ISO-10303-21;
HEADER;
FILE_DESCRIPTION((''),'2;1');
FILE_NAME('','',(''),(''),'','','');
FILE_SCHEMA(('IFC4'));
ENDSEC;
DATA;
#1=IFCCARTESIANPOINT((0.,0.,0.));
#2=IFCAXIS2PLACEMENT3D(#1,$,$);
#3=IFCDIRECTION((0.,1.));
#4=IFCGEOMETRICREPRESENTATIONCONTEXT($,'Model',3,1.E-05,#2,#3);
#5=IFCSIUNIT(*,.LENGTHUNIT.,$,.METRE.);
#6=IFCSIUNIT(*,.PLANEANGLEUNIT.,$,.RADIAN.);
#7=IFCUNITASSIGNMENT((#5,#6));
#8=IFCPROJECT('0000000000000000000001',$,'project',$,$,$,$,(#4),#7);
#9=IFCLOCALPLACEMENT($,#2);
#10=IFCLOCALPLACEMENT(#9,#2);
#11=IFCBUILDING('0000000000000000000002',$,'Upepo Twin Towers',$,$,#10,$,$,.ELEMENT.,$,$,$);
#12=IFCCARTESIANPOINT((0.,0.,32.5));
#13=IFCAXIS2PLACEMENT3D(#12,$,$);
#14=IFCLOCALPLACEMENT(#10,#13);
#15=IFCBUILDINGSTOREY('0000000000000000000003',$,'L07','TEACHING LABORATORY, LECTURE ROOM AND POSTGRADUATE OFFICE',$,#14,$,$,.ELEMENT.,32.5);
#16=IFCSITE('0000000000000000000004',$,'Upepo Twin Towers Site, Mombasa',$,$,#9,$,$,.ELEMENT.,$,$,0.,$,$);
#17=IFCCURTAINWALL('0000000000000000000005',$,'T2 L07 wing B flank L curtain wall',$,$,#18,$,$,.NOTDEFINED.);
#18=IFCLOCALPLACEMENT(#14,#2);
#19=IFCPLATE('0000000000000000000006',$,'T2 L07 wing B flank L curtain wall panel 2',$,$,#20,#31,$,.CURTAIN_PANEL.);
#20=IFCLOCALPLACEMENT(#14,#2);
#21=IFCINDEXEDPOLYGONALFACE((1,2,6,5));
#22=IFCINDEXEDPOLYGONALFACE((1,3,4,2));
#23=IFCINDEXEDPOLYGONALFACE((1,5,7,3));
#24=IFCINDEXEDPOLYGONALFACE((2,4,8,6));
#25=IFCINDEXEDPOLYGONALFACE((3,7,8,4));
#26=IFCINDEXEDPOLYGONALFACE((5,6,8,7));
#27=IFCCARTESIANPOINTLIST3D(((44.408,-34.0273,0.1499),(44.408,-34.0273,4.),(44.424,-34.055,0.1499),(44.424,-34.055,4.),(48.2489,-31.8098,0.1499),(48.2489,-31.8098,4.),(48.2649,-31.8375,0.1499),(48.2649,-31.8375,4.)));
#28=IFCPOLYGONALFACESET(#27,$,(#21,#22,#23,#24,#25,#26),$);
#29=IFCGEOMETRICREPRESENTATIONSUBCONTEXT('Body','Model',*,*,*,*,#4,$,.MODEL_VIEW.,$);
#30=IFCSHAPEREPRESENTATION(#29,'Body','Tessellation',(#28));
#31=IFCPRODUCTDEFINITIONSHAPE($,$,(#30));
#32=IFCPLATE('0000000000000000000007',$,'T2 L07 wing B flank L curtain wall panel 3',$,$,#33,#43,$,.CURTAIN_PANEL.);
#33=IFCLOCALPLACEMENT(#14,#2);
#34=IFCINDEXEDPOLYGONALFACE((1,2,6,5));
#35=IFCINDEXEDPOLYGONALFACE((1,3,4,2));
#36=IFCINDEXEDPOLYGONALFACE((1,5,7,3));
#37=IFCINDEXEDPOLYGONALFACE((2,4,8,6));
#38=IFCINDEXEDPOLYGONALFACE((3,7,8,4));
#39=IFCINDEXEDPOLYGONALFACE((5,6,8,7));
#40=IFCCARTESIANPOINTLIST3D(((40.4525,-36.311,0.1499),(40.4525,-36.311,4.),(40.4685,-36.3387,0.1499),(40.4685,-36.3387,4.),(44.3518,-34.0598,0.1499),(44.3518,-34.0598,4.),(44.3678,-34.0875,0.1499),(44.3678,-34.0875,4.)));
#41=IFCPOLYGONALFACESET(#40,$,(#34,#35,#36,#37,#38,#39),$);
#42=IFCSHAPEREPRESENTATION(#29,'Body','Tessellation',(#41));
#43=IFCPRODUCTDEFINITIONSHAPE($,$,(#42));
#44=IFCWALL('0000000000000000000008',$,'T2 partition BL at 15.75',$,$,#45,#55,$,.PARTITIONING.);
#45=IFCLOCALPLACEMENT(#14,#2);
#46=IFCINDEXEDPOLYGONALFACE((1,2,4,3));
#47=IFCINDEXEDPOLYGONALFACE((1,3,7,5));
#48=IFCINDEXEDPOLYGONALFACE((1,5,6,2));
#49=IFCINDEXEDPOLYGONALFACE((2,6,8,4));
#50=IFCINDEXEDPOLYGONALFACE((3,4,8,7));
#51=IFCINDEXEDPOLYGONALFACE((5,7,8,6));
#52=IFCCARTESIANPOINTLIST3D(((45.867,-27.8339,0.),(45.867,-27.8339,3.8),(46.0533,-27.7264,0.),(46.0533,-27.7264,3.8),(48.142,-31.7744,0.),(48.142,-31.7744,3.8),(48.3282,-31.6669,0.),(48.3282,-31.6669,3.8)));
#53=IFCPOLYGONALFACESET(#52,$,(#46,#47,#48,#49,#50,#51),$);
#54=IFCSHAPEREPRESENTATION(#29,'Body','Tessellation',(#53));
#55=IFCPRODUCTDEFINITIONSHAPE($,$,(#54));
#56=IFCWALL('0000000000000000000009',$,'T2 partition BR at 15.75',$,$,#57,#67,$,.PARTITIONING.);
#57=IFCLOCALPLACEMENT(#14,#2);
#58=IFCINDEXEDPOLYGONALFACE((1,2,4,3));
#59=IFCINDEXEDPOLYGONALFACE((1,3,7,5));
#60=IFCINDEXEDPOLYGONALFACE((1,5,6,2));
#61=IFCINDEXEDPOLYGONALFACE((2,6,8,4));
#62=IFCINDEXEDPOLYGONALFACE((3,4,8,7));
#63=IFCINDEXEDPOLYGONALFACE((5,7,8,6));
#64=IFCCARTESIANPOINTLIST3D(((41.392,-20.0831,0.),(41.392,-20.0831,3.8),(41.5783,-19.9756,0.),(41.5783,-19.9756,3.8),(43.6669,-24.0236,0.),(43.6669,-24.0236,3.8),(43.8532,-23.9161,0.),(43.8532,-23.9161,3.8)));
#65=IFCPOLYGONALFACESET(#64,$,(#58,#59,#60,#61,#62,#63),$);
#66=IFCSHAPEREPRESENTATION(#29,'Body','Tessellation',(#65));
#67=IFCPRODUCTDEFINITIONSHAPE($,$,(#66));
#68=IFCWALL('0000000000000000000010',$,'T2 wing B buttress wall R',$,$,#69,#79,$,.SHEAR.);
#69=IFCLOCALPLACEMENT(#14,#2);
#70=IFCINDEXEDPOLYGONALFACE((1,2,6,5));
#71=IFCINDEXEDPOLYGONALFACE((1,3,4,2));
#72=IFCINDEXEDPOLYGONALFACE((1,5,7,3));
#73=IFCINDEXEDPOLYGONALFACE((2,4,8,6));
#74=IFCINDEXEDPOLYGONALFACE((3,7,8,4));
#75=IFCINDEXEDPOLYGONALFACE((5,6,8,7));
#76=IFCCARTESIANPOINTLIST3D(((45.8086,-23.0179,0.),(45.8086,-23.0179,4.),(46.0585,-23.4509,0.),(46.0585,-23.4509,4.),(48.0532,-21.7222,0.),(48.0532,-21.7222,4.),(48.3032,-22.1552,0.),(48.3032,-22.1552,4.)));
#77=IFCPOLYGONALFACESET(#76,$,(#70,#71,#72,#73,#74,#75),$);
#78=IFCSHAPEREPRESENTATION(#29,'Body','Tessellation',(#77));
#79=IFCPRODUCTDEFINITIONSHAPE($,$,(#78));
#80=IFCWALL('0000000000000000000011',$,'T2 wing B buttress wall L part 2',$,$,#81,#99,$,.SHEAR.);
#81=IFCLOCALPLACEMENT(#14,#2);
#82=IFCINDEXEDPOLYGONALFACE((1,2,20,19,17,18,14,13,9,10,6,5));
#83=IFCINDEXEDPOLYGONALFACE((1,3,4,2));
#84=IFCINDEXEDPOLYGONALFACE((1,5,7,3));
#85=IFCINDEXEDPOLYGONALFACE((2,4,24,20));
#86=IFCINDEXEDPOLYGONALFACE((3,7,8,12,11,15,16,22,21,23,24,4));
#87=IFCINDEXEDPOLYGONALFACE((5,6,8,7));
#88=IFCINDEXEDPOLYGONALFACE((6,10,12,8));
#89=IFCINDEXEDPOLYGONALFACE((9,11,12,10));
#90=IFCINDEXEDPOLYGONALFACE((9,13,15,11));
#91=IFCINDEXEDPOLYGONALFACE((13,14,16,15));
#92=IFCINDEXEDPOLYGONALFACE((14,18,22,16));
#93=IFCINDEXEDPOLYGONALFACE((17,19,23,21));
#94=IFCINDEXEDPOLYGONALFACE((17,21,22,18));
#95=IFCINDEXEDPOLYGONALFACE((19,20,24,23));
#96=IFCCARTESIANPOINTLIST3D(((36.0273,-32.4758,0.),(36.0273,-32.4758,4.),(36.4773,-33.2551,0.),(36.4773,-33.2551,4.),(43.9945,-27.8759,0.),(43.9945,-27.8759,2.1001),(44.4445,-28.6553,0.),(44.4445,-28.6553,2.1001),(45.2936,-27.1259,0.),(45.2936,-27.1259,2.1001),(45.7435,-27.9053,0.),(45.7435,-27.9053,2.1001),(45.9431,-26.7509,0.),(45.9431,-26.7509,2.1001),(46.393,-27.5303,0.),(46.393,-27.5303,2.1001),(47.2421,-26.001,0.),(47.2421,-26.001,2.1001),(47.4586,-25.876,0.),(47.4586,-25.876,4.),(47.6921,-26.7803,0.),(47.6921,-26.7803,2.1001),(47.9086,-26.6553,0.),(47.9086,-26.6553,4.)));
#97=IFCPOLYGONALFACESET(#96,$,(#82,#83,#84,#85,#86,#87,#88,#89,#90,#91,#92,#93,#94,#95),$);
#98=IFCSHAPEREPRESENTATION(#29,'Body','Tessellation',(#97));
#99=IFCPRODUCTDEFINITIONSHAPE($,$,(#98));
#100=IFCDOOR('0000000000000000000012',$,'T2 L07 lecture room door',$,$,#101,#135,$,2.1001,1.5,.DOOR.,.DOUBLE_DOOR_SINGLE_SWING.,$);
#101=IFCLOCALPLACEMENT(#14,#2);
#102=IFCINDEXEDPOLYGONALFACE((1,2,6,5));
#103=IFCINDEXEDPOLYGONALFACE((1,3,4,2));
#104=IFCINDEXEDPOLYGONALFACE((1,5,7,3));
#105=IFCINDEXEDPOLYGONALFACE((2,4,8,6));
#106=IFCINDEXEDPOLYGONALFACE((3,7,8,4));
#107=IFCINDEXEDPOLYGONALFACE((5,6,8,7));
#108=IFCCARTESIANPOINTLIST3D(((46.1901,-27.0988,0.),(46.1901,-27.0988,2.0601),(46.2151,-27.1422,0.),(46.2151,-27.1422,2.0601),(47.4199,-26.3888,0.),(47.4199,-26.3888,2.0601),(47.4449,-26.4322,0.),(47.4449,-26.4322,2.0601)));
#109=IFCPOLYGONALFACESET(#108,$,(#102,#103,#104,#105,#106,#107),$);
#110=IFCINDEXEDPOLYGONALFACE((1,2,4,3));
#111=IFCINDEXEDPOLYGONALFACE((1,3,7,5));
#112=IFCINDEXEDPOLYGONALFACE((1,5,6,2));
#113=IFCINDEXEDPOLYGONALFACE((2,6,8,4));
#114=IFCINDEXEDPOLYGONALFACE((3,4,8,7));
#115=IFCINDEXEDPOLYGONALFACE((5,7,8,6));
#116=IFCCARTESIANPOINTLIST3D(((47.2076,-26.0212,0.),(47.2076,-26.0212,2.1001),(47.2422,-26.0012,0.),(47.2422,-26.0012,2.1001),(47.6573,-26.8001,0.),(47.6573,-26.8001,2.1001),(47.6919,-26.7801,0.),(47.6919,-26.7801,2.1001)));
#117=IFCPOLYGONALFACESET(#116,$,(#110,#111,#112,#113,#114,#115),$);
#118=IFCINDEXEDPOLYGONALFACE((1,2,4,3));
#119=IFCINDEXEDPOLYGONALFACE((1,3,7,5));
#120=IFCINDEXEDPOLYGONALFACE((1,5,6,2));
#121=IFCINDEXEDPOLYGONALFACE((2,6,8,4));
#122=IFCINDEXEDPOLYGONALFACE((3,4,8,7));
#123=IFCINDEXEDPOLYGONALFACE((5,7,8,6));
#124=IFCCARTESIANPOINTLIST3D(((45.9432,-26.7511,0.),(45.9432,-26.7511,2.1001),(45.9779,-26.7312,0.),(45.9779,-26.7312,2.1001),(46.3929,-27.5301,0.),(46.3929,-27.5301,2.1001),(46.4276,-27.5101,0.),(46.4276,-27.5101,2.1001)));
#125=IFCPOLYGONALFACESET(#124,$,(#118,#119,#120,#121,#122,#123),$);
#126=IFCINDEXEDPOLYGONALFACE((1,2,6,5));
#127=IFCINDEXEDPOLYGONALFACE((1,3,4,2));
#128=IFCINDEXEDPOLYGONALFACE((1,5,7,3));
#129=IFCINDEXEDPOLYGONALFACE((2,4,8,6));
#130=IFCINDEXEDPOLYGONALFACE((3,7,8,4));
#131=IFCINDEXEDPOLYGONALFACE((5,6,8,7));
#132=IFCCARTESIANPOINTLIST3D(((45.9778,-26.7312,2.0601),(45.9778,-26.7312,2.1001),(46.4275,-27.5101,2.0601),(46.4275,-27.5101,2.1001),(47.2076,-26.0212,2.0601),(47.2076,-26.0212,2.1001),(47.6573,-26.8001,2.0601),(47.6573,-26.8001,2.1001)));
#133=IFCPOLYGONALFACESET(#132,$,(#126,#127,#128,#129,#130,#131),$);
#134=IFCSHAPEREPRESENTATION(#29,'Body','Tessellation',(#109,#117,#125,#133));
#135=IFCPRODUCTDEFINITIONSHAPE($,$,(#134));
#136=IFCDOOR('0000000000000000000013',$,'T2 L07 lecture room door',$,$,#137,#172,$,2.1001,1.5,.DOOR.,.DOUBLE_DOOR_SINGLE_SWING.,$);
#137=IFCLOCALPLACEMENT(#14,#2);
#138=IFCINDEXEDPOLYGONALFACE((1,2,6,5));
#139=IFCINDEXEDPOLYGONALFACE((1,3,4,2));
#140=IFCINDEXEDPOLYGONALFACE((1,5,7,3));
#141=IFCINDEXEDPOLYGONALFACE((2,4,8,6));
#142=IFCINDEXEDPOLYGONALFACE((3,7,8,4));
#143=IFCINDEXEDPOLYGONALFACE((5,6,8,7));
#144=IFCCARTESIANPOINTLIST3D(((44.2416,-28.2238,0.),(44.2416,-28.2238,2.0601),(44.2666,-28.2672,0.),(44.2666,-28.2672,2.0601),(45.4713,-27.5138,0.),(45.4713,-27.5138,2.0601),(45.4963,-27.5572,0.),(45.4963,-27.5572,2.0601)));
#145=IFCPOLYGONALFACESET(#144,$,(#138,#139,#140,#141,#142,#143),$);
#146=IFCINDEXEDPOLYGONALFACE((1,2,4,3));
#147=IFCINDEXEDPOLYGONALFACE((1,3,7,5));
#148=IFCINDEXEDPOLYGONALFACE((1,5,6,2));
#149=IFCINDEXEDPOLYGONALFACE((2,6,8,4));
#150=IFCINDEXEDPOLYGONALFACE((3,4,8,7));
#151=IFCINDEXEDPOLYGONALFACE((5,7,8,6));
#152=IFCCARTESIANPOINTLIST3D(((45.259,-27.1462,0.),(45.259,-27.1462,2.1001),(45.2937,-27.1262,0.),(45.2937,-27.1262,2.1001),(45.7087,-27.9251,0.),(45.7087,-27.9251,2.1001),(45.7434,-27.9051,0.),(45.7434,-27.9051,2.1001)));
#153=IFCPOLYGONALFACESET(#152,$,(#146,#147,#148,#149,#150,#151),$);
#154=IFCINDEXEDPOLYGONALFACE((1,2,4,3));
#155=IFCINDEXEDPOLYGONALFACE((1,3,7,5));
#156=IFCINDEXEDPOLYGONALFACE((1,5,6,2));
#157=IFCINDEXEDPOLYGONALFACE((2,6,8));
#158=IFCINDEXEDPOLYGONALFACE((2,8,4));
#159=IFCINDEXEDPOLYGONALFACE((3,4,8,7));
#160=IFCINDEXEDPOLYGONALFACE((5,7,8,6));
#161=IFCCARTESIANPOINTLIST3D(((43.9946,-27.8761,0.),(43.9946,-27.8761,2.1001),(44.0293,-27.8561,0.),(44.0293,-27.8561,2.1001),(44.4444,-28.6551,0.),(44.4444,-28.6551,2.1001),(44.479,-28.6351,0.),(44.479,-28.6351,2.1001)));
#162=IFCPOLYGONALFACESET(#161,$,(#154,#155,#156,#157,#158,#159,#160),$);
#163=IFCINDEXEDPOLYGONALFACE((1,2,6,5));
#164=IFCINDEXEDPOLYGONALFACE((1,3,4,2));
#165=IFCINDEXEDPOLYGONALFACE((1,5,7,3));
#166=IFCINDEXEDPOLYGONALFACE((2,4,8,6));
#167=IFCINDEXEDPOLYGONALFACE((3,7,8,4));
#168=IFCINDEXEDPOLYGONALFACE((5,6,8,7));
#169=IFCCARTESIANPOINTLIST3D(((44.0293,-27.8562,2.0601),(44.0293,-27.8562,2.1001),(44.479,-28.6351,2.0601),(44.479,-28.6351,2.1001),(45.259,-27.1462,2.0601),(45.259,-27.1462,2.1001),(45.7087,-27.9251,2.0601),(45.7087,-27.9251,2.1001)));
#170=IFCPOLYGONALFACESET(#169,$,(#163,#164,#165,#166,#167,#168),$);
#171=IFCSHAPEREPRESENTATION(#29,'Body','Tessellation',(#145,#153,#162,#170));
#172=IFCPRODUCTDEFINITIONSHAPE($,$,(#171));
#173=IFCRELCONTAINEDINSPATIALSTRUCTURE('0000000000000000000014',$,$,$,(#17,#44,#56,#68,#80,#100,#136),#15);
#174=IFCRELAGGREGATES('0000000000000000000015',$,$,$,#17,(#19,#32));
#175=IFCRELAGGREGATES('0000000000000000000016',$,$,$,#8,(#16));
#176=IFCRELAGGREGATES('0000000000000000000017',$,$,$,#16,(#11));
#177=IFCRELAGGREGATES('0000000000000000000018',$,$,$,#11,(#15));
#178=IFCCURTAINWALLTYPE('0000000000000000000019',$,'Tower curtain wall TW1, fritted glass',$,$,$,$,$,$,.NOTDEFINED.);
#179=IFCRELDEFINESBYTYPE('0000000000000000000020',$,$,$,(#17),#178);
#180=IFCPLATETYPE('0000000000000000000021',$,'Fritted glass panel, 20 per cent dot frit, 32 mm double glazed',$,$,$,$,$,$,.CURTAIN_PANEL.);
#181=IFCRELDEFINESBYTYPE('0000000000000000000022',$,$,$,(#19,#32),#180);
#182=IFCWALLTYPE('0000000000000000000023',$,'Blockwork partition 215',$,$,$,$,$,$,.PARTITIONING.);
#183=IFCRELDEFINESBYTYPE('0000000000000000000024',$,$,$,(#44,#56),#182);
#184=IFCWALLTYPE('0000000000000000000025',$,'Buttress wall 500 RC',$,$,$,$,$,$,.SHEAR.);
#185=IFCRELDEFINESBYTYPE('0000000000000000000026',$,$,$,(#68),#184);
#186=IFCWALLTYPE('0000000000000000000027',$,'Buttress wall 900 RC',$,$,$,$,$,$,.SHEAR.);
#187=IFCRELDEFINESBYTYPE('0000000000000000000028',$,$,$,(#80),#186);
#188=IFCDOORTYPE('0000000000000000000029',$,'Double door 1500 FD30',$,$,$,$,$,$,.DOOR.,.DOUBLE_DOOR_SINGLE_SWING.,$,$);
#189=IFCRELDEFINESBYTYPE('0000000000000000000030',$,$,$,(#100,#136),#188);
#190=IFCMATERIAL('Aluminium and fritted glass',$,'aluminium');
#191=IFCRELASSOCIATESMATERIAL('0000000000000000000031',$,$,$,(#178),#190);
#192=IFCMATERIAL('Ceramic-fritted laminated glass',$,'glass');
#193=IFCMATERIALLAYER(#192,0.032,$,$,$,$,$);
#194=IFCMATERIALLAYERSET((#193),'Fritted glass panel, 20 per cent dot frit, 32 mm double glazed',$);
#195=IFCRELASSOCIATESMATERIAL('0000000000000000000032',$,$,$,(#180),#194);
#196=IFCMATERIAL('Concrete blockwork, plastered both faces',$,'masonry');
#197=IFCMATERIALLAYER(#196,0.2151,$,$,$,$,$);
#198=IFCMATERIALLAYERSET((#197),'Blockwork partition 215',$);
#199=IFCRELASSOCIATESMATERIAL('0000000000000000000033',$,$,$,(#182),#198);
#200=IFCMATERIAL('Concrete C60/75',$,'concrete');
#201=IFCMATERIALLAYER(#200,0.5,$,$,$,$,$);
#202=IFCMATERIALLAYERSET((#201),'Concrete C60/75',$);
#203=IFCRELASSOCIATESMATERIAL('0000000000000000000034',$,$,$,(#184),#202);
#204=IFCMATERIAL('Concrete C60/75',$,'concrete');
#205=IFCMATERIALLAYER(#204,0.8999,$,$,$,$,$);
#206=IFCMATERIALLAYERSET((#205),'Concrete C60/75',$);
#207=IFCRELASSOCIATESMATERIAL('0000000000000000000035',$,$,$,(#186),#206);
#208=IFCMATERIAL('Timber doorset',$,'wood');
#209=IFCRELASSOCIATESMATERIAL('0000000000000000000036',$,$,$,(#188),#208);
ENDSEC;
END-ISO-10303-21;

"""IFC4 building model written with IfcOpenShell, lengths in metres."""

from ifc_helpers import new_model, si_unit, direction, frame, frame_2d, origin, origin_2d, place, context, subcontext, project, spatial, rectangle, extrude, material, layer, layer_set, type_object, element, fill, aggregate, save


model = new_model("IFC4")

# Units and contexts
model_context = context("Model", 3, precision=1e-05, world=origin(), true_north=direction((0.0, 1.0)))
body_context = subcontext(model_context, "Body", "Model", "MODEL_VIEW")
ifc_project = project(units=[si_unit("LENGTHUNIT", "METRE"), si_unit("PLANEANGLEUNIT", "RADIAN")], contexts=[model_context])

# Site, building, storey
site_placement = place(None, origin())
site = spatial("IfcSite", under=ifc_project, at=site_placement, Name="Upepo Twin Towers Site, Mombasa", CompositionType="ELEMENT", RefElevation=0.0)
building_placement = place(site_placement, origin())
building = spatial("IfcBuilding", under=site, at=building_placement, Name="Upepo Twin Towers", CompositionType="ELEMENT")
storey_placement = place(building_placement, frame((0.0, 0.0, 32.5)))
storey = spatial("IfcBuildingStorey", under=building, at=storey_placement, Name="L07", Description="TEACHING LABORATORY, LECTURE ROOM AND POSTGRADUATE OFFICE", CompositionType="ELEMENT", Elevation=32.5)

# Curtain wall, plates
ifc_material_1 = material(Name="Aluminium and fritted glass", Category="aluminium")
curtain_wall_type = type_object("IfcCurtainWallType", Name="Tower curtain wall TW1, fritted glass", PredefinedType="NOTDEFINED", material=ifc_material_1)
curtain_wall_placement = place(storey_placement, origin())
curtain_wall = element("IfcCurtainWall", 1, at=curtain_wall_placement, inside=storey, type_object=curtain_wall_type, Name="T2 L07 wing B flank L curtain wall", PredefinedType="NOTDEFINED")
ifc_material_2 = material(Name="Ceramic-fritted laminated glass", Category="glass")
ifc_layer_1 = layer(ifc_material_2, 0.032)
ifc_layer_set_1 = layer_set([ifc_layer_1], Name="Fritted glass panel, 20 per cent dot frit, 32 mm double glazed")
plate_type = type_object("IfcPlateType", Name="Fritted glass panel, 20 per cent dot frit, 32 mm double glazed", PredefinedType="CURTAIN_PANEL", material=ifc_layer_set_1)
plate_1_placement = place(storey_placement, frame((46.3364, -32.9324, 0.1499), z_axis=(0.0, 0.0, 1.0), x_axis=(-0.866025, -0.5, 0.0)))
plate_1 = element("IfcPlate", 2, at=plate_1_placement, type_object=plate_type, Name="T2 L07 wing B flank L curtain wall panel 2", PredefinedType="CURTAIN_PANEL", context=body_context, shape_type="SweptSolid", body=[
    extrude(rectangle(XDim=4.4351, YDim=0.032, at=origin_2d()), origin(), (0.0, 0.0, 1.0), 3.8501),
])
plate_2_placement = place(storey_placement, frame((42.4102, -35.1992, 0.1499), z_axis=(0.0, 0.0, 1.0), x_axis=(-0.866025, -0.5, 0.0)))
plate_2 = element("IfcPlate", 3, at=plate_2_placement, type_object=plate_type, Name="T2 L07 wing B flank L curtain wall panel 3", PredefinedType="CURTAIN_PANEL", context=body_context, shape_type="SweptSolid", body=[
    extrude(rectangle(XDim=4.5024, YDim=0.032, at=origin_2d()), origin(), (0.0, 0.0, 1.0), 3.8501),
])
aggregate(curtain_wall, [plate_1, plate_2])

# Walls
ifc_material_3 = material(Name="Concrete blockwork, plastered both faces", Category="masonry")
ifc_layer_2 = layer(ifc_material_3, 0.2151)
ifc_layer_set_2 = layer_set([ifc_layer_2], Name="Blockwork partition 215")
wall_type_1 = type_object("IfcWallType", Name="Blockwork partition 215", PredefinedType="PARTITIONING", material=ifc_layer_set_2)
for number, where, z_axis, x_axis, name in (
    (4, (45.9602, -27.7803, 0.0), (0.0, 0.0, 1.0), (0.499983, -0.866035, 0.0), "T2 partition BL at 15.75"),
    (5, (43.76, -23.9697, 0.0), (0.0, 0.0, 1.0), (-0.499983, 0.866035, 0.0), "T2 partition BR at 15.75"),
):
    element("IfcWall", number, at=place(storey_placement, frame(where, z_axis=z_axis, x_axis=x_axis)), inside=storey, type_object=wall_type_1, Name=name, PredefinedType="PARTITIONING", context=body_context, shape_type="SweptSolid", body=[
        extrude(rectangle(XDim=4.55, YDim=0.2151, at=frame_2d((2.2749, 0.0))), origin(), (0.0, 0.0, 1.0), 3.8),
    ])
ifc_material_4 = material(Name="Concrete C60/75", Category="concrete")
ifc_layer_3 = layer(ifc_material_4, 0.5)
ifc_layer_set_3 = layer_set([ifc_layer_3], Name="Concrete C60/75")
wall_type_2 = type_object("IfcWallType", Name="Buttress wall 500 RC", PredefinedType="SHEAR", material=ifc_layer_set_3)
wall_1_placement = place(storey_placement, frame((48.1782, -21.9387, 0.0), z_axis=(0.0, 0.0, 1.0), x_axis=(-0.866073, -0.499918, 0.0)))
element("IfcWall", 6, at=wall_1_placement, inside=storey, type_object=wall_type_2, Name="T2 wing B buttress wall R", PredefinedType="SHEAR", context=body_context, shape_type="SweptSolid", body=[
    extrude(rectangle(XDim=2.5918, YDim=0.5, at=frame_2d((1.2959, 0.0))), origin(), (0.0, 0.0, 1.0), 4.0),
])

# Wall, openings, doors
ifc_material_5 = material(Name="Concrete C60/75", Category="concrete")
ifc_layer_4 = layer(ifc_material_5, 0.8999)
ifc_layer_set_4 = layer_set([ifc_layer_4], Name="Concrete C60/75")
wall_type_3 = type_object("IfcWallType", Name="Buttress wall 900 RC", PredefinedType="SHEAR", material=ifc_layer_set_4)
wall_2_placement = place(storey_placement, frame((47.6836, -26.2656, 0.0), z_axis=(0.0, 0.0, 1.0), x_axis=(-0.866028, -0.499996, 0.0)))
wall_2 = element("IfcWall", 7, at=wall_2_placement, inside=storey, type_object=wall_type_3, Name="T2 wing B buttress wall L part 2", PredefinedType="SHEAR", context=body_context, shape_type="SweptSolid", body=[
    extrude(rectangle(XDim=13.1997, YDim=0.8999, at=frame_2d((6.5999, 0.0))), origin(), (0.0, 0.0, 1.0), 4.0),
])
opening_1_placement = place(wall_2_placement, frame((0.25, 0.0, 0.0)))
opening_1 = element("IfcOpeningElement", 8, at=opening_1_placement, cuts=wall_2, PredefinedType="OPENING", context=body_context, shape_type="SweptSolid", body=[
    extrude(rectangle(XDim=1.5, YDim=2.1001, at=frame_2d((0.75, 1.05))), frame((0.0, 0.46, 0.0), z_axis=(0.0, -1.0, 0.0), x_axis=(1.0, 0.0, 0.0)), (0.0, 0.0, 1.0), 0.9199),
])
opening_2_placement = place(wall_2_placement, frame((2.5, 0.0, 0.0)))
opening_2 = element("IfcOpeningElement", 9, at=opening_2_placement, cuts=wall_2, PredefinedType="OPENING", context=body_context, shape_type="SweptSolid", body=[
    extrude(rectangle(XDim=1.5, YDim=2.1001, at=frame_2d((0.75, 1.05))), frame((0.0, 0.46, 0.0), z_axis=(0.0, -1.0, 0.0), x_axis=(1.0, 0.0, 0.0)), (0.0, 0.0, 1.0), 0.9199),
])
ifc_material_6 = material(Name="Timber doorset", Category="wood")
door_type_1 = type_object("IfcDoorType", Name="Double door 1500 FD30", OperationType="DOUBLE_DOOR_SINGLE_SWING", PredefinedType="DOOR", material=ifc_material_6)
door_1_placement = place(opening_1_placement, origin())
door_1 = element("IfcDoor", 10, at=door_1_placement, inside=storey, type_object=door_type_1, Name="T2 L07 lecture room door", OperationType="DOUBLE_DOOR_SINGLE_SWING", OverallHeight=2.1001, OverallWidth=1.5, PredefinedType="DOOR", context=body_context, shape_type="SweptSolid", body=[
    extrude(rectangle(XDim=1.42, YDim=2.0601, at=frame_2d((0.75, 1.03))), frame((0.0, 0.0249, 0.0), z_axis=(0.0, -1.0, 0.0), x_axis=(1.0, 0.0, 0.0)), (0.0, 0.0, 1.0), 0.05),
    extrude(rectangle(XDim=0.04, YDim=2.1001, at=frame_2d((0.02, 1.05))), frame((0.0, 0.4497, 0.0), z_axis=(0.0, -1.0, 0.0), x_axis=(1.0, 0.0, 0.0)), (0.0, 0.0, 1.0), 0.8994),
    extrude(rectangle(XDim=0.04, YDim=2.1001, at=frame_2d((1.48, 1.05))), frame((0.0, 0.4497, 0.0), z_axis=(0.0, -1.0, 0.0), x_axis=(1.0, 0.0, 0.0)), (0.0, 0.0, 1.0), 0.8994),
    extrude(rectangle(XDim=1.42, YDim=0.04, at=frame_2d((0.75, 2.0801))), frame((0.0, 0.4497, 0.0), z_axis=(0.0, -1.0, 0.0), x_axis=(1.0, 0.0, 0.0)), (0.0, 0.0, 1.0), 0.8994),
])
fill(opening_1, door_1)
door_2_placement = place(opening_2_placement, origin())
door_2 = element("IfcDoor", 11, at=door_2_placement, inside=storey, type_object=door_type_1, Name="T2 L07 lecture room door", OperationType="DOUBLE_DOOR_SINGLE_SWING", OverallHeight=2.1001, OverallWidth=1.5, PredefinedType="DOOR", context=body_context, shape_type="SweptSolid", body=[
    extrude(rectangle(XDim=1.42, YDim=2.0601, at=frame_2d((0.75, 1.03))), frame((0.0, 0.0249, 0.0), z_axis=(0.0, -1.0, 0.0), x_axis=(1.0, 0.0, 0.0)), (0.0, 0.0, 1.0), 0.05),
    extrude(rectangle(XDim=0.04, YDim=2.1001, at=frame_2d((0.02, 1.05))), frame((0.0, 0.4497, 0.0), z_axis=(0.0, -1.0, 0.0), x_axis=(1.0, 0.0, 0.0)), (0.0, 0.0, 1.0), 0.8994),
    extrude(rectangle(XDim=0.04, YDim=2.1001, at=frame_2d((1.48, 1.05))), frame((0.0, 0.4497, 0.0), z_axis=(0.0, -1.0, 0.0), x_axis=(1.0, 0.0, 0.0)), (0.0, 0.0, 1.0), 0.8994),
    extrude(rectangle(XDim=1.42, YDim=0.04, at=frame_2d((0.75, 2.0801))), frame((0.0, 0.4497, 0.0), z_axis=(0.0, -1.0, 0.0), x_axis=(1.0, 0.0, 0.0)), (0.0, 0.0, 1.0), 0.8994),
])
fill(opening_2, door_2)

save(model, "model.ifc")
